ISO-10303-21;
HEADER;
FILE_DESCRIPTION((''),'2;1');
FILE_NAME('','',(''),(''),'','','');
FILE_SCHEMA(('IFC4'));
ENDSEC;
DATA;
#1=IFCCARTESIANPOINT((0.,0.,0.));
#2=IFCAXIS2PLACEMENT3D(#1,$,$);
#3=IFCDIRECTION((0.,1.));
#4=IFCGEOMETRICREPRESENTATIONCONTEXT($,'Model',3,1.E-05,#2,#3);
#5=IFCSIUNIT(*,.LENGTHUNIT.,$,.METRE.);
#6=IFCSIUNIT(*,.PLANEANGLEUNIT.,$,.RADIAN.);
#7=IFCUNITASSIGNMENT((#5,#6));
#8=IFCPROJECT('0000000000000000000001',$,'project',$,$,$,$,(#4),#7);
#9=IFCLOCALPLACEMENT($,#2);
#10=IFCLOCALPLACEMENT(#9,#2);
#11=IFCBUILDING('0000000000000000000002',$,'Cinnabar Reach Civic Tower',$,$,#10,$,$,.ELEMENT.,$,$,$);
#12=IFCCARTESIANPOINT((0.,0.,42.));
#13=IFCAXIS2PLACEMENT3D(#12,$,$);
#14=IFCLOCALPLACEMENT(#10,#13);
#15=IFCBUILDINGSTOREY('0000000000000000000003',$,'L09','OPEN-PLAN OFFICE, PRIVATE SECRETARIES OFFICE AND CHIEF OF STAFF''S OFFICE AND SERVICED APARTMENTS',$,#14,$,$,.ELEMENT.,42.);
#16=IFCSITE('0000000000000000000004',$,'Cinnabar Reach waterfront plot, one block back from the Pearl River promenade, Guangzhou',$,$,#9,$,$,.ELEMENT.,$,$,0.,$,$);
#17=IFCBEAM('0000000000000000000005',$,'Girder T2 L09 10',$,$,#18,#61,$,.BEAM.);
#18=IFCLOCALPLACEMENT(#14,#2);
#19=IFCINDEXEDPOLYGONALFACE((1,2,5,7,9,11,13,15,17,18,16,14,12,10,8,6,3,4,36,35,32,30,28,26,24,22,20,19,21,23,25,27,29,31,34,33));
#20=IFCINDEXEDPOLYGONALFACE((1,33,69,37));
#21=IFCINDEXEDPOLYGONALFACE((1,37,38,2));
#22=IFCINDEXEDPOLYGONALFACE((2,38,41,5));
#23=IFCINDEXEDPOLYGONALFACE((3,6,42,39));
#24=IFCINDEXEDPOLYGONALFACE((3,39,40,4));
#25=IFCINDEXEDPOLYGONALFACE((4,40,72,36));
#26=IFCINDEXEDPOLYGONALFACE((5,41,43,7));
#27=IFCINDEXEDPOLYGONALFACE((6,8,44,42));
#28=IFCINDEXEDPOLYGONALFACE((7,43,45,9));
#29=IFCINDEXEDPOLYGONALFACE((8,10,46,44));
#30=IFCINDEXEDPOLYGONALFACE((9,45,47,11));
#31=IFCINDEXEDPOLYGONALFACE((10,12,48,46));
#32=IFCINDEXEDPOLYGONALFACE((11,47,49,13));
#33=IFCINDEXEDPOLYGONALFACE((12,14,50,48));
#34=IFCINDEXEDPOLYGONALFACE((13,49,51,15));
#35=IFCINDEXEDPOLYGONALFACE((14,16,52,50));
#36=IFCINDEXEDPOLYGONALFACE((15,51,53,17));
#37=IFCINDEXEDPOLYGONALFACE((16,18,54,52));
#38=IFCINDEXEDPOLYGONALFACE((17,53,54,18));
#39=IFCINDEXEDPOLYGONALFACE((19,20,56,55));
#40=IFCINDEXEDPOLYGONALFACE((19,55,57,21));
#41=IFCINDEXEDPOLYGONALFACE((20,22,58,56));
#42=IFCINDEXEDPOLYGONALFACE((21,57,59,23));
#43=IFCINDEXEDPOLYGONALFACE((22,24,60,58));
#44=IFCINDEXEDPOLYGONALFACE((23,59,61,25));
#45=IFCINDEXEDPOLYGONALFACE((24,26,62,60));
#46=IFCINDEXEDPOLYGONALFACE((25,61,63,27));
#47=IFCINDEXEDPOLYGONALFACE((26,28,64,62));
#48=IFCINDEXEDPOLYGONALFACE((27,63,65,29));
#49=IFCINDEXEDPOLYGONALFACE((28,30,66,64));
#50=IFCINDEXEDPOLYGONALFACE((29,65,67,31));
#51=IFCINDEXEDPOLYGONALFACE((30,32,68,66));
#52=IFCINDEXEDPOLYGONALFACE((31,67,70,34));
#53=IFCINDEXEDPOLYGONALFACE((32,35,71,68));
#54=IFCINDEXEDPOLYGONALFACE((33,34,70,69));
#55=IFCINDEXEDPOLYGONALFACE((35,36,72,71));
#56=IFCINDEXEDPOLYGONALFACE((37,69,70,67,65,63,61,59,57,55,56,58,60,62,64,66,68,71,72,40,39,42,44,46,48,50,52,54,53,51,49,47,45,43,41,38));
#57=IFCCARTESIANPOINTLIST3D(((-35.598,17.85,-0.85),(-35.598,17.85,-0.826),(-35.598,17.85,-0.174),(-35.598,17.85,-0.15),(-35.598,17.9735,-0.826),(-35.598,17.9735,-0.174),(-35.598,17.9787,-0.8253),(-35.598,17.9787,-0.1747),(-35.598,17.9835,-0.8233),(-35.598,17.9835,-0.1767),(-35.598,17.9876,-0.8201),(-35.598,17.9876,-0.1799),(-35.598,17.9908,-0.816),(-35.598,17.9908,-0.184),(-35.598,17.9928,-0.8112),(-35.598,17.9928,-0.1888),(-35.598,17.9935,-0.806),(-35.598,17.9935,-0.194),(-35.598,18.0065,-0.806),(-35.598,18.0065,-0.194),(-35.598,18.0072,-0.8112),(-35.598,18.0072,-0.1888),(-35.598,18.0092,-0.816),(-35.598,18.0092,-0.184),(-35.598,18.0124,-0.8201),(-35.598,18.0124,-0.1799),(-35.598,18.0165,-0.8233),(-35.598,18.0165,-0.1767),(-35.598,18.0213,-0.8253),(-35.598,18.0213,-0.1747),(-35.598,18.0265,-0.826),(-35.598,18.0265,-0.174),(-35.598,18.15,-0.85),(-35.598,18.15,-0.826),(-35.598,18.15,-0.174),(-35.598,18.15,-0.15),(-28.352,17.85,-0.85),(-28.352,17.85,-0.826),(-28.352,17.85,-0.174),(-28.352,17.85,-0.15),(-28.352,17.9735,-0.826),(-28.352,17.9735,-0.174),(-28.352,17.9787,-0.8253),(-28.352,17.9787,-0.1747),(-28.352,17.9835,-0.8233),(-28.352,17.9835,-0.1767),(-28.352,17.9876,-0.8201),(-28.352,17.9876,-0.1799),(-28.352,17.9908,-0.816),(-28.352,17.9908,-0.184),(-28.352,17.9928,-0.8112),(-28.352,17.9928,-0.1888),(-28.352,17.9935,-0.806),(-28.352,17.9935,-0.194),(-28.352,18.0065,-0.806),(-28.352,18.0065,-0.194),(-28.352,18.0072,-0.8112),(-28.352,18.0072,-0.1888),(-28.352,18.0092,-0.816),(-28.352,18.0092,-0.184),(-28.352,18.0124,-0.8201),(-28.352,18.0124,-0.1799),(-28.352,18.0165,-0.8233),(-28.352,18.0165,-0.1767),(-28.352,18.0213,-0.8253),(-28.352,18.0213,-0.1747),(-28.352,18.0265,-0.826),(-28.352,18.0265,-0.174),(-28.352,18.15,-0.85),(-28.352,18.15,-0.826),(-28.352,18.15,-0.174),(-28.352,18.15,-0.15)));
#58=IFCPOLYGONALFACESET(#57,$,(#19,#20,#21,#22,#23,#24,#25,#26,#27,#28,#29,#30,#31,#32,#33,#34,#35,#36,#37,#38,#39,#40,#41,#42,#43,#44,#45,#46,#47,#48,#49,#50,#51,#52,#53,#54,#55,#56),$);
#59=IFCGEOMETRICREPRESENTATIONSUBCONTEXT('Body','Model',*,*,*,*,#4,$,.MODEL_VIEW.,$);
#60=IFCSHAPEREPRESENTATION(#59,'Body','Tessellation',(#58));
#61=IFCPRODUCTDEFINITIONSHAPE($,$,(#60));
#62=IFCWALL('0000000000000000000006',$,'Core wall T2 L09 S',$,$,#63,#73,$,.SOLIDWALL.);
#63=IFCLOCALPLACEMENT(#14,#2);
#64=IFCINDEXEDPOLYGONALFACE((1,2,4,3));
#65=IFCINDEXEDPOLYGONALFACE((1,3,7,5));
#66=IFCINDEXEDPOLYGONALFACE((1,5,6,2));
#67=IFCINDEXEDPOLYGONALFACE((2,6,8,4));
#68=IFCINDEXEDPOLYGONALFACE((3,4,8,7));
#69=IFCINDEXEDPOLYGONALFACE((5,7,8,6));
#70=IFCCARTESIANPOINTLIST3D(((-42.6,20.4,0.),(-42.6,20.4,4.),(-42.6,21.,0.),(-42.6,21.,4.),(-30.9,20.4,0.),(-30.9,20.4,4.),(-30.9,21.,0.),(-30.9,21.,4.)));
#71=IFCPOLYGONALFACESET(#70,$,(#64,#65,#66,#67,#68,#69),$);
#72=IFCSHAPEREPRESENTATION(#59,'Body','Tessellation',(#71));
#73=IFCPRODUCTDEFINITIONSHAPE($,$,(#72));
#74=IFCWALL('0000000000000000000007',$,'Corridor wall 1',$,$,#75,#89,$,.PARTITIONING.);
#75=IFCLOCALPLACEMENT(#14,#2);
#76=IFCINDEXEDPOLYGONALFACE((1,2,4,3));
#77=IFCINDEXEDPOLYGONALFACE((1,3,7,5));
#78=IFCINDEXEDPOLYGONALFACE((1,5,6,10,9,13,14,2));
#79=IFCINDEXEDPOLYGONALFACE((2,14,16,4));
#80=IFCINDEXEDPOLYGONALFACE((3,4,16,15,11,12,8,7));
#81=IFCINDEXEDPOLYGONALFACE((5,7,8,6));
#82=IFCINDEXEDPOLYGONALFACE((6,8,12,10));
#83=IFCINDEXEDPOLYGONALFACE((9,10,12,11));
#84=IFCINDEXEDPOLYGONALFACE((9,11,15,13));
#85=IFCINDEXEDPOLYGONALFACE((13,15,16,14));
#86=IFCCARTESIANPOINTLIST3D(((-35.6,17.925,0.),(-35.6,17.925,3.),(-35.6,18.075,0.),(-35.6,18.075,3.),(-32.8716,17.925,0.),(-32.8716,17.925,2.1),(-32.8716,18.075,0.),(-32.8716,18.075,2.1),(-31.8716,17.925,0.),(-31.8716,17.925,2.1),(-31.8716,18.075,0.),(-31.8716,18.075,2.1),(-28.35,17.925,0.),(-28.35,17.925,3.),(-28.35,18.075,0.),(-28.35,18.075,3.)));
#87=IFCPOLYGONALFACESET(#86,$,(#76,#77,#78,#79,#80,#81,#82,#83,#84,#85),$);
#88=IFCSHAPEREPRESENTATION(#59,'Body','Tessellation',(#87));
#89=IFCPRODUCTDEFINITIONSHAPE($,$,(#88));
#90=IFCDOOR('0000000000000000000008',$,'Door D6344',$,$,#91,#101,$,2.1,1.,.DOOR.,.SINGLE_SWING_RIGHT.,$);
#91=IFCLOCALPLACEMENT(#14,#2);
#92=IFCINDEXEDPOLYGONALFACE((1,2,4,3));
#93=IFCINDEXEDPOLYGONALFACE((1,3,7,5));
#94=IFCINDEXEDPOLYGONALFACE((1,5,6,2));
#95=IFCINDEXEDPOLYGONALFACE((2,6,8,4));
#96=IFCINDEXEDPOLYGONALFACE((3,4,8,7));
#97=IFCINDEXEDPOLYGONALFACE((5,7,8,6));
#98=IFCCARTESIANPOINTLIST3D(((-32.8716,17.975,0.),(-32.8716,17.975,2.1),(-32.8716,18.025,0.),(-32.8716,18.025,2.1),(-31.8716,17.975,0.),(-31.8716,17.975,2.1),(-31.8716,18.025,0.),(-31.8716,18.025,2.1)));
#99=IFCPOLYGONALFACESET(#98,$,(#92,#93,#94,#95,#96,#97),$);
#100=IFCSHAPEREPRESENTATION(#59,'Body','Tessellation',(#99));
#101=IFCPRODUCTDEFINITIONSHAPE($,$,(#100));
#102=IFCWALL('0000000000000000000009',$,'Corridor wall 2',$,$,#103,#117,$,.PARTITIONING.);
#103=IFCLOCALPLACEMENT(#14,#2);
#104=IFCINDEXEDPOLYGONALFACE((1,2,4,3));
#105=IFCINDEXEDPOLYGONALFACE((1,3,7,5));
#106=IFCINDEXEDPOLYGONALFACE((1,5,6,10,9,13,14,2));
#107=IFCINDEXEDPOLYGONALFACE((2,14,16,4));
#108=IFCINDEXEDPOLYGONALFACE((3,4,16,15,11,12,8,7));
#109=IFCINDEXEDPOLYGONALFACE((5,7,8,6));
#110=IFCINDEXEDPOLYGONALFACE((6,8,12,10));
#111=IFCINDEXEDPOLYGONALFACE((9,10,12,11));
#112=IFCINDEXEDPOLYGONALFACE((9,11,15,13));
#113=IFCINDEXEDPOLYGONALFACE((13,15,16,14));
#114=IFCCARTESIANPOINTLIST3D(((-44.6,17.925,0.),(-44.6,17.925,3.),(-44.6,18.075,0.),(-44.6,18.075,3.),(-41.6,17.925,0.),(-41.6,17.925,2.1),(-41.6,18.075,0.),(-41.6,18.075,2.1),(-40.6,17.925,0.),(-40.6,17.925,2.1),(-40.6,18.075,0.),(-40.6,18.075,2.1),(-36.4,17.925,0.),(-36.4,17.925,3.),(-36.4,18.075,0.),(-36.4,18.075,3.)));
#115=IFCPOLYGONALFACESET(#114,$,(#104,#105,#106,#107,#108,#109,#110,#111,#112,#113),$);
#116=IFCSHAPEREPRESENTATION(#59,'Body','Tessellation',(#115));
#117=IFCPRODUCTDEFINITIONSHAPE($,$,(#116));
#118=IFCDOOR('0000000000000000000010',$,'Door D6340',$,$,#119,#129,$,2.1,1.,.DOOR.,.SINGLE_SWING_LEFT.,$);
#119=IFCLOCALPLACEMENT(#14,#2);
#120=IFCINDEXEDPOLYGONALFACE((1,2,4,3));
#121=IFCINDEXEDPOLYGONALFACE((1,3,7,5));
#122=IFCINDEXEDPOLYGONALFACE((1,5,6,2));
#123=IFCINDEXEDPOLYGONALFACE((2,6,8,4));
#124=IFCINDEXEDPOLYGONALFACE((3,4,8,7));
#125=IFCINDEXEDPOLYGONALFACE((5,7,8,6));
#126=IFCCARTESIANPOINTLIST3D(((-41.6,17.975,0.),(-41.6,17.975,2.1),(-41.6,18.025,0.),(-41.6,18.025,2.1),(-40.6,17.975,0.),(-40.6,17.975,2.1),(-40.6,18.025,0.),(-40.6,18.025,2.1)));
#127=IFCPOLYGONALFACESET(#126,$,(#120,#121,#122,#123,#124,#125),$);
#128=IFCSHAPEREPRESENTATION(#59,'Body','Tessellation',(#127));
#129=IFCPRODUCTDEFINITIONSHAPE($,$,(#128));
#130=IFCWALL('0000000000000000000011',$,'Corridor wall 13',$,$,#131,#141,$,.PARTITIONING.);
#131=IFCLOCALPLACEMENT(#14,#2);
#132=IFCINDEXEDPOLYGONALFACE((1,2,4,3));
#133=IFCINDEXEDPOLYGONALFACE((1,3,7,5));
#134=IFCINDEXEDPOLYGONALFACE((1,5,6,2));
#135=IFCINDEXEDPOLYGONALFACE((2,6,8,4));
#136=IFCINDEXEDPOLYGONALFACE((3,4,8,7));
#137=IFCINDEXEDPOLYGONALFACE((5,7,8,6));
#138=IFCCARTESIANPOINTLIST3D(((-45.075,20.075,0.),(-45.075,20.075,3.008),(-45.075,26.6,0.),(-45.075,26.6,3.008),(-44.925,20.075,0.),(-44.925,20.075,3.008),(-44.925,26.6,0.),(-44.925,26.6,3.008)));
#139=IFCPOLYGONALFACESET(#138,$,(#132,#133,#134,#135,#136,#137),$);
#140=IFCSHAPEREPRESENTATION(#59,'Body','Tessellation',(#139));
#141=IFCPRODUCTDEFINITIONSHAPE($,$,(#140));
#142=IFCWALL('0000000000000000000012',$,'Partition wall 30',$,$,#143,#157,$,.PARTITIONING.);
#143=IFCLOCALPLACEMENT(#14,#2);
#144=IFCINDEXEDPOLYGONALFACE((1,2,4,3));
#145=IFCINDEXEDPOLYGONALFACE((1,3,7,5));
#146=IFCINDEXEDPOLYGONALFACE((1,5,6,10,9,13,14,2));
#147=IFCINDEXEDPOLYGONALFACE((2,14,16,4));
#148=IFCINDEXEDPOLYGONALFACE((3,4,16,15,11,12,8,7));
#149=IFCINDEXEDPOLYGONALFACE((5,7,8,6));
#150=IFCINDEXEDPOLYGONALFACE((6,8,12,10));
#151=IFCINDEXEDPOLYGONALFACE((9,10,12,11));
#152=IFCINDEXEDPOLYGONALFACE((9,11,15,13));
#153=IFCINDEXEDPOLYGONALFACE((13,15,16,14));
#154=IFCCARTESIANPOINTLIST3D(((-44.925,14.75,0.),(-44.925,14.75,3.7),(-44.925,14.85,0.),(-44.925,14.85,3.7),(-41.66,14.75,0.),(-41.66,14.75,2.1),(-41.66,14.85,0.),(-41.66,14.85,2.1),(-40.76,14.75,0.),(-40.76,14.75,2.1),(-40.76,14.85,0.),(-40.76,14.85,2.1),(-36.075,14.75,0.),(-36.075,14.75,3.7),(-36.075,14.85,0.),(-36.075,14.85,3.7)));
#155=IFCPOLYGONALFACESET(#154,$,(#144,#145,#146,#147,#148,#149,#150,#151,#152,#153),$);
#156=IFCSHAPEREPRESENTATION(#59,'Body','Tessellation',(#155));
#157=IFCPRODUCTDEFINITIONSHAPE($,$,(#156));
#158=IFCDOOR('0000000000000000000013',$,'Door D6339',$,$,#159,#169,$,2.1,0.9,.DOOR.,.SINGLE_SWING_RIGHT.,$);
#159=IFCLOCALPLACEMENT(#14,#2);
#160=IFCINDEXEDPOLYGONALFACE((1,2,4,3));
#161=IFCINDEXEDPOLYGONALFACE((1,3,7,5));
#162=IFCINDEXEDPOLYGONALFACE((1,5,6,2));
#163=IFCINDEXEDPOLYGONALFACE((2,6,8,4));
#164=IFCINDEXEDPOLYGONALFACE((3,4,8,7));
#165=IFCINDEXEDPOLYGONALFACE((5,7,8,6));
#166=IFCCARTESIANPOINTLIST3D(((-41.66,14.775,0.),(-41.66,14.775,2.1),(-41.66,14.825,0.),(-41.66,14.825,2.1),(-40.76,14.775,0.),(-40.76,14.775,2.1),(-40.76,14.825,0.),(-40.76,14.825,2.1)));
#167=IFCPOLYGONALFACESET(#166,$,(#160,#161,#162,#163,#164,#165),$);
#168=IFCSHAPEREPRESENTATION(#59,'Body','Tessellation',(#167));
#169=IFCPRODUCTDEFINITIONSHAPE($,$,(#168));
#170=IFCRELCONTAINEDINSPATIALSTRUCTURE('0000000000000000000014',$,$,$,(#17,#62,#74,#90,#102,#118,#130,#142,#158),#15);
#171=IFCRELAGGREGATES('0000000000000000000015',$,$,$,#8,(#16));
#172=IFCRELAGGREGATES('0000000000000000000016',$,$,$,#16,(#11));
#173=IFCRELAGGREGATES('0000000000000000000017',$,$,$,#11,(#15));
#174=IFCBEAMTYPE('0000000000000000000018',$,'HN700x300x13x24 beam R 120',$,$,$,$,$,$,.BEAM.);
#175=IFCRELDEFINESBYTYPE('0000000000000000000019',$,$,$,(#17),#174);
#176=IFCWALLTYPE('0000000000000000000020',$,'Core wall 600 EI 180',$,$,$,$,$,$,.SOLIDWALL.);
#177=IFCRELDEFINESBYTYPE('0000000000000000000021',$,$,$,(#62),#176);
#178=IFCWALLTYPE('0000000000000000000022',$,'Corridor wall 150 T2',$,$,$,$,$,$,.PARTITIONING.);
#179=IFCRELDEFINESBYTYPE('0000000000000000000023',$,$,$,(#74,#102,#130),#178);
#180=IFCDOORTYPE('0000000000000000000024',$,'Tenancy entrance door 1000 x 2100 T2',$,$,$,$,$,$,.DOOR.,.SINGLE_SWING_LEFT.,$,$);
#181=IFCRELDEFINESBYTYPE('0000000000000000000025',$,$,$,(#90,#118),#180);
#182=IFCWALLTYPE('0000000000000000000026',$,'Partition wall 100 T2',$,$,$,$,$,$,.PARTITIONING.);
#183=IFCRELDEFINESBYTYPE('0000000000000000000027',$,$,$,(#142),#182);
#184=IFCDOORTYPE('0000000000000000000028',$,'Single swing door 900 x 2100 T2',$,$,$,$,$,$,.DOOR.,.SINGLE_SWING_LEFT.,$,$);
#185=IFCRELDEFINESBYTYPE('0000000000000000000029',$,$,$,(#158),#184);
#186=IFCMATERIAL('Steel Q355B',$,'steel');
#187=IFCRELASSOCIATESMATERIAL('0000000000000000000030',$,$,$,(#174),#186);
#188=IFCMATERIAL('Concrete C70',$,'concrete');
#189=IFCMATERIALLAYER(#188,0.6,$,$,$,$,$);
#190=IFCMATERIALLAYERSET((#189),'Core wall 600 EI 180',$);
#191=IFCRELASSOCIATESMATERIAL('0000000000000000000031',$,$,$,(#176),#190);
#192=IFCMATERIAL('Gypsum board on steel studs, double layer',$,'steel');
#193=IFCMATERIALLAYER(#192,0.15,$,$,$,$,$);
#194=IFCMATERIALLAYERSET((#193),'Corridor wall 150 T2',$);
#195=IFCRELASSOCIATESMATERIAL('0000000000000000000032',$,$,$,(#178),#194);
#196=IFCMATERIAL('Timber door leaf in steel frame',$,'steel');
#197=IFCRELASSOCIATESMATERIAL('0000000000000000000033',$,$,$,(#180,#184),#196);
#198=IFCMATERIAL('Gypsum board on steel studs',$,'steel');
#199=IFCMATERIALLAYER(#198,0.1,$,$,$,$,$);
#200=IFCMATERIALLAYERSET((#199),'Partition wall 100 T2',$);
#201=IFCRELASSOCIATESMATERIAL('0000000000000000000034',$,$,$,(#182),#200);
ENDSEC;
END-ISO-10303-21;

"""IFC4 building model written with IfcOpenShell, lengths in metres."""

from ifc_helpers import new_model, si_unit, direction, frame, frame_2d, origin, origin_2d, place, context, subcontext, project, spatial, rectangle, i_section, extrude, material, layer, layer_set, material_profile, profile_set, type_object, element, fill, save


model = new_model("IFC4")

# Units and contexts
model_context = context("Model", 3, precision=1e-05, world=origin(), true_north=direction((0.0, 1.0)))
body_context = subcontext(model_context, "Body", "Model", "MODEL_VIEW")
ifc_project = project(units=[si_unit("LENGTHUNIT", "METRE"), si_unit("PLANEANGLEUNIT", "RADIAN")], contexts=[model_context])

# Site, building, storey
site_placement = place(None, origin())
site = spatial("IfcSite", under=ifc_project, at=site_placement, Name="Cinnabar Reach waterfront plot, one block back from the Pearl River promenade, Guangzhou", CompositionType="ELEMENT", RefElevation=0.0)
building_placement = place(site_placement, origin())
building = spatial("IfcBuilding", under=site, at=building_placement, Name="Cinnabar Reach Civic Tower", CompositionType="ELEMENT")
storey_placement = place(building_placement, frame((0.0, 0.0, 42.0)))
storey = spatial("IfcBuildingStorey", under=building, at=storey_placement, Name="L09", Description="OPEN-PLAN OFFICE, PRIVATE SECRETARIES OFFICE AND CHIEF OF STAFF'S OFFICE AND SERVICED APARTMENTS", CompositionType="ELEMENT", Elevation=42.0)

# Beam
ifc_material_1 = material(Name="Steel Q355B", Category="steel")
ifc_material_profile_1 = material_profile(ifc_material_1, i_section(OverallWidth=0.3, OverallDepth=0.7, WebThickness=0.013, FlangeThickness=0.024, FilletRadius=0.02, at=origin_2d()), Name="HN700x300x13x24")
ifc_profile_set_1 = profile_set([ifc_material_profile_1], Name="Steel Q355B")
beam_type_1 = type_object("IfcBeamType", Name="HN700x300x13x24 beam R 120", PredefinedType="BEAM", material=ifc_profile_set_1)
beam_1_placement = place(storey_placement, frame((-35.598, 18.0, -0.5), z_axis=(1.0, 0.0, 0.0), x_axis=(0.0, 1.0, 0.0)))
element("IfcBeam", 1, at=beam_1_placement, inside=storey, type_object=beam_type_1, Name="Girder T2 L09 10", PredefinedType="BEAM", context=body_context, shape_type="SweptSolid", body=[
    extrude(i_section(OverallWidth=0.3, OverallDepth=0.7, WebThickness=0.013, FlangeThickness=0.024, FilletRadius=0.02, at=origin_2d()), origin(), (0.0, 0.0, 1.0), 7.246),
])

# Wall
ifc_material_2 = material(Name="Concrete C70", Category="concrete")
ifc_layer_1 = layer(ifc_material_2, 0.6)
ifc_layer_set_1 = layer_set([ifc_layer_1], Name="Core wall 600 EI 180")
wall_type_1 = type_object("IfcWallType", Name="Core wall 600 EI 180", PredefinedType="SOLIDWALL", material=ifc_layer_set_1)
wall_1_placement = place(storey_placement, frame((-42.6, 20.7, 0.0), z_axis=(0.0, 0.0, 1.0), x_axis=(1.0, 0.0, 0.0)))
element("IfcWall", 2, at=wall_1_placement, inside=storey, type_object=wall_type_1, Name="Core wall T2 L09 S", PredefinedType="SOLIDWALL", context=body_context, shape_type="SweptSolid", body=[
    extrude(rectangle(XDim=11.7, YDim=0.6, at=frame_2d((5.85, 0.0))), origin(), (0.0, 0.0, 1.0), 4.0),
])

# Walls, openings, doors
ifc_material_3 = material(Name="Gypsum board on steel studs, double layer", Category="steel")
ifc_layer_2 = layer(ifc_material_3, 0.15)
ifc_layer_set_2 = layer_set([ifc_layer_2], Name="Corridor wall 150 T2")
wall_type_2 = type_object("IfcWallType", Name="Corridor wall 150 T2", PredefinedType="PARTITIONING", material=ifc_layer_set_2)
wall_2_placement = place(storey_placement, frame((-35.6, 18.0, 0.0), z_axis=(0.0, 0.0, 1.0), x_axis=(1.0, 0.0, 0.0)))
wall_2 = element("IfcWall", 3, at=wall_2_placement, inside=storey, type_object=wall_type_2, Name="Corridor wall 1", PredefinedType="PARTITIONING", context=body_context, shape_type="SweptSolid", body=[
    extrude(rectangle(XDim=7.25, YDim=0.15, at=frame_2d((3.625, 0.0))), origin(), (0.0, 0.0, 1.0), 3.0),
])
opening_1_placement = place(wall_2_placement, frame((2.7284, 0.0, 0.0)))
opening_1 = element("IfcOpeningElement", 4, at=opening_1_placement, cuts=wall_2, PredefinedType="OPENING", context=body_context, shape_type="SweptSolid", body=[
    extrude(rectangle(XDim=1.0, YDim=2.1, at=frame_2d((0.5, 1.05))), frame((0.0, 0.085, 0.0), z_axis=(0.0, -1.0, 0.0), x_axis=(1.0, 0.0, 0.0)), (0.0, 0.0, 1.0), 0.17),
])
ifc_material_4 = material(Name="Timber door leaf in steel frame", Category="steel")
door_type_1 = type_object("IfcDoorType", Name="Tenancy entrance door 1000 x 2100 T2", OperationType="SINGLE_SWING_LEFT", PredefinedType="DOOR", material=ifc_material_4)
door_1_placement = place(opening_1_placement, frame((1.0, 0.0, 0.0), z_axis=(0.0, 0.0, 1.0), x_axis=(-1.0, 0.0, 0.0)))
door_1 = element("IfcDoor", 5, at=door_1_placement, inside=storey, type_object=door_type_1, Name="Door D6344", OperationType="SINGLE_SWING_RIGHT", OverallHeight=2.1, OverallWidth=1.0, PredefinedType="DOOR", context=body_context, shape_type="SweptSolid", body=[
    extrude(rectangle(XDim=1.0, YDim=2.1, at=frame_2d((0.5, 1.05))), frame((0.0, 0.025, 0.0), z_axis=(0.0, -1.0, 0.0), x_axis=(1.0, 0.0, 0.0)), (0.0, 0.0, 1.0), 0.05),
])
fill(opening_1, door_1)
wall_3_placement = place(storey_placement, frame((-44.6, 18.0, 0.0), z_axis=(0.0, 0.0, 1.0), x_axis=(1.0, 0.0, 0.0)))
wall_3 = element("IfcWall", 6, at=wall_3_placement, inside=storey, type_object=wall_type_2, Name="Corridor wall 2", PredefinedType="PARTITIONING", context=body_context, shape_type="SweptSolid", body=[
    extrude(rectangle(XDim=8.2, YDim=0.15, at=frame_2d((4.1, 0.0))), origin(), (0.0, 0.0, 1.0), 3.0),
])
opening_2_placement = place(wall_3_placement, frame((3.0, 0.0, 0.0)))
opening_2 = element("IfcOpeningElement", 7, at=opening_2_placement, cuts=wall_3, PredefinedType="OPENING", context=body_context, shape_type="SweptSolid", body=[
    extrude(rectangle(XDim=1.0, YDim=2.1, at=frame_2d((0.5, 1.05))), frame((0.0, 0.085, 0.0), z_axis=(0.0, -1.0, 0.0), x_axis=(1.0, 0.0, 0.0)), (0.0, 0.0, 1.0), 0.17),
])
door_2_placement = place(opening_2_placement, frame((1.0, 0.0, 0.0), z_axis=(0.0, 0.0, 1.0), x_axis=(-1.0, 0.0, 0.0)))
door_2 = element("IfcDoor", 8, at=door_2_placement, inside=storey, type_object=door_type_1, Name="Door D6340", OperationType="SINGLE_SWING_LEFT", OverallHeight=2.1, OverallWidth=1.0, PredefinedType="DOOR", context=body_context, shape_type="SweptSolid", body=[
    extrude(rectangle(XDim=1.0, YDim=2.1, at=frame_2d((0.5, 1.05))), frame((0.0, 0.025, 0.0), z_axis=(0.0, -1.0, 0.0), x_axis=(1.0, 0.0, 0.0)), (0.0, 0.0, 1.0), 0.05),
])
fill(opening_2, door_2)

# Wall
wall_4_placement = place(storey_placement, frame((-45.0, 20.075, 0.0), z_axis=(0.0, 0.0, 1.0), x_axis=(0.0, 1.0, 0.0)))
element("IfcWall", 9, at=wall_4_placement, inside=storey, type_object=wall_type_2, Name="Corridor wall 13", PredefinedType="PARTITIONING", context=body_context, shape_type="SweptSolid", body=[
    extrude(rectangle(XDim=6.525, YDim=0.15, at=frame_2d((3.2625, 0.0))), origin(), (0.0, 0.0, 1.0), 3.008),
])

# Wall, opening, door
ifc_material_5 = material(Name="Gypsum board on steel studs", Category="steel")
ifc_layer_3 = layer(ifc_material_5, 0.1)
ifc_layer_set_3 = layer_set([ifc_layer_3], Name="Partition wall 100 T2")
wall_type_3 = type_object("IfcWallType", Name="Partition wall 100 T2", PredefinedType="PARTITIONING", material=ifc_layer_set_3)
wall_5_placement = place(storey_placement, frame((-44.925, 14.8, 0.0), z_axis=(0.0, 0.0, 1.0), x_axis=(1.0, 0.0, 0.0)))
wall_5 = element("IfcWall", 10, at=wall_5_placement, inside=storey, type_object=wall_type_3, Name="Partition wall 30", PredefinedType="PARTITIONING", context=body_context, shape_type="SweptSolid", body=[
    extrude(rectangle(XDim=8.85, YDim=0.1, at=frame_2d((4.425, 0.0))), origin(), (0.0, 0.0, 1.0), 3.7),
])
opening_3_placement = place(wall_5_placement, frame((3.265, 0.0, 0.0)))
opening_3 = element("IfcOpeningElement", 11, at=opening_3_placement, cuts=wall_5, PredefinedType="OPENING", context=body_context, shape_type="SweptSolid", body=[
    extrude(rectangle(XDim=0.9, YDim=2.1, at=frame_2d((0.45, 1.05))), frame((0.0, 0.06, 0.0), z_axis=(0.0, -1.0, 0.0), x_axis=(1.0, 0.0, 0.0)), (0.0, 0.0, 1.0), 0.12),
])
door_type_2 = type_object("IfcDoorType", Name="Single swing door 900 x 2100 T2", OperationType="SINGLE_SWING_LEFT", PredefinedType="DOOR", material=ifc_material_4)
door_3_placement = place(opening_3_placement, origin())
door_3 = element("IfcDoor", 12, at=door_3_placement, inside=storey, type_object=door_type_2, Name="Door D6339", OperationType="SINGLE_SWING_RIGHT", OverallHeight=2.1, OverallWidth=0.9, PredefinedType="DOOR", context=body_context, shape_type="SweptSolid", body=[
    extrude(rectangle(XDim=0.9, YDim=2.1, at=frame_2d((0.45, 1.05))), frame((0.0, 0.025, 0.0), z_axis=(0.0, -1.0, 0.0), x_axis=(1.0, 0.0, 0.0)), (0.0, 0.0, 1.0), 0.05),
])
fill(opening_3, door_3)

save(model, "model.ifc")
